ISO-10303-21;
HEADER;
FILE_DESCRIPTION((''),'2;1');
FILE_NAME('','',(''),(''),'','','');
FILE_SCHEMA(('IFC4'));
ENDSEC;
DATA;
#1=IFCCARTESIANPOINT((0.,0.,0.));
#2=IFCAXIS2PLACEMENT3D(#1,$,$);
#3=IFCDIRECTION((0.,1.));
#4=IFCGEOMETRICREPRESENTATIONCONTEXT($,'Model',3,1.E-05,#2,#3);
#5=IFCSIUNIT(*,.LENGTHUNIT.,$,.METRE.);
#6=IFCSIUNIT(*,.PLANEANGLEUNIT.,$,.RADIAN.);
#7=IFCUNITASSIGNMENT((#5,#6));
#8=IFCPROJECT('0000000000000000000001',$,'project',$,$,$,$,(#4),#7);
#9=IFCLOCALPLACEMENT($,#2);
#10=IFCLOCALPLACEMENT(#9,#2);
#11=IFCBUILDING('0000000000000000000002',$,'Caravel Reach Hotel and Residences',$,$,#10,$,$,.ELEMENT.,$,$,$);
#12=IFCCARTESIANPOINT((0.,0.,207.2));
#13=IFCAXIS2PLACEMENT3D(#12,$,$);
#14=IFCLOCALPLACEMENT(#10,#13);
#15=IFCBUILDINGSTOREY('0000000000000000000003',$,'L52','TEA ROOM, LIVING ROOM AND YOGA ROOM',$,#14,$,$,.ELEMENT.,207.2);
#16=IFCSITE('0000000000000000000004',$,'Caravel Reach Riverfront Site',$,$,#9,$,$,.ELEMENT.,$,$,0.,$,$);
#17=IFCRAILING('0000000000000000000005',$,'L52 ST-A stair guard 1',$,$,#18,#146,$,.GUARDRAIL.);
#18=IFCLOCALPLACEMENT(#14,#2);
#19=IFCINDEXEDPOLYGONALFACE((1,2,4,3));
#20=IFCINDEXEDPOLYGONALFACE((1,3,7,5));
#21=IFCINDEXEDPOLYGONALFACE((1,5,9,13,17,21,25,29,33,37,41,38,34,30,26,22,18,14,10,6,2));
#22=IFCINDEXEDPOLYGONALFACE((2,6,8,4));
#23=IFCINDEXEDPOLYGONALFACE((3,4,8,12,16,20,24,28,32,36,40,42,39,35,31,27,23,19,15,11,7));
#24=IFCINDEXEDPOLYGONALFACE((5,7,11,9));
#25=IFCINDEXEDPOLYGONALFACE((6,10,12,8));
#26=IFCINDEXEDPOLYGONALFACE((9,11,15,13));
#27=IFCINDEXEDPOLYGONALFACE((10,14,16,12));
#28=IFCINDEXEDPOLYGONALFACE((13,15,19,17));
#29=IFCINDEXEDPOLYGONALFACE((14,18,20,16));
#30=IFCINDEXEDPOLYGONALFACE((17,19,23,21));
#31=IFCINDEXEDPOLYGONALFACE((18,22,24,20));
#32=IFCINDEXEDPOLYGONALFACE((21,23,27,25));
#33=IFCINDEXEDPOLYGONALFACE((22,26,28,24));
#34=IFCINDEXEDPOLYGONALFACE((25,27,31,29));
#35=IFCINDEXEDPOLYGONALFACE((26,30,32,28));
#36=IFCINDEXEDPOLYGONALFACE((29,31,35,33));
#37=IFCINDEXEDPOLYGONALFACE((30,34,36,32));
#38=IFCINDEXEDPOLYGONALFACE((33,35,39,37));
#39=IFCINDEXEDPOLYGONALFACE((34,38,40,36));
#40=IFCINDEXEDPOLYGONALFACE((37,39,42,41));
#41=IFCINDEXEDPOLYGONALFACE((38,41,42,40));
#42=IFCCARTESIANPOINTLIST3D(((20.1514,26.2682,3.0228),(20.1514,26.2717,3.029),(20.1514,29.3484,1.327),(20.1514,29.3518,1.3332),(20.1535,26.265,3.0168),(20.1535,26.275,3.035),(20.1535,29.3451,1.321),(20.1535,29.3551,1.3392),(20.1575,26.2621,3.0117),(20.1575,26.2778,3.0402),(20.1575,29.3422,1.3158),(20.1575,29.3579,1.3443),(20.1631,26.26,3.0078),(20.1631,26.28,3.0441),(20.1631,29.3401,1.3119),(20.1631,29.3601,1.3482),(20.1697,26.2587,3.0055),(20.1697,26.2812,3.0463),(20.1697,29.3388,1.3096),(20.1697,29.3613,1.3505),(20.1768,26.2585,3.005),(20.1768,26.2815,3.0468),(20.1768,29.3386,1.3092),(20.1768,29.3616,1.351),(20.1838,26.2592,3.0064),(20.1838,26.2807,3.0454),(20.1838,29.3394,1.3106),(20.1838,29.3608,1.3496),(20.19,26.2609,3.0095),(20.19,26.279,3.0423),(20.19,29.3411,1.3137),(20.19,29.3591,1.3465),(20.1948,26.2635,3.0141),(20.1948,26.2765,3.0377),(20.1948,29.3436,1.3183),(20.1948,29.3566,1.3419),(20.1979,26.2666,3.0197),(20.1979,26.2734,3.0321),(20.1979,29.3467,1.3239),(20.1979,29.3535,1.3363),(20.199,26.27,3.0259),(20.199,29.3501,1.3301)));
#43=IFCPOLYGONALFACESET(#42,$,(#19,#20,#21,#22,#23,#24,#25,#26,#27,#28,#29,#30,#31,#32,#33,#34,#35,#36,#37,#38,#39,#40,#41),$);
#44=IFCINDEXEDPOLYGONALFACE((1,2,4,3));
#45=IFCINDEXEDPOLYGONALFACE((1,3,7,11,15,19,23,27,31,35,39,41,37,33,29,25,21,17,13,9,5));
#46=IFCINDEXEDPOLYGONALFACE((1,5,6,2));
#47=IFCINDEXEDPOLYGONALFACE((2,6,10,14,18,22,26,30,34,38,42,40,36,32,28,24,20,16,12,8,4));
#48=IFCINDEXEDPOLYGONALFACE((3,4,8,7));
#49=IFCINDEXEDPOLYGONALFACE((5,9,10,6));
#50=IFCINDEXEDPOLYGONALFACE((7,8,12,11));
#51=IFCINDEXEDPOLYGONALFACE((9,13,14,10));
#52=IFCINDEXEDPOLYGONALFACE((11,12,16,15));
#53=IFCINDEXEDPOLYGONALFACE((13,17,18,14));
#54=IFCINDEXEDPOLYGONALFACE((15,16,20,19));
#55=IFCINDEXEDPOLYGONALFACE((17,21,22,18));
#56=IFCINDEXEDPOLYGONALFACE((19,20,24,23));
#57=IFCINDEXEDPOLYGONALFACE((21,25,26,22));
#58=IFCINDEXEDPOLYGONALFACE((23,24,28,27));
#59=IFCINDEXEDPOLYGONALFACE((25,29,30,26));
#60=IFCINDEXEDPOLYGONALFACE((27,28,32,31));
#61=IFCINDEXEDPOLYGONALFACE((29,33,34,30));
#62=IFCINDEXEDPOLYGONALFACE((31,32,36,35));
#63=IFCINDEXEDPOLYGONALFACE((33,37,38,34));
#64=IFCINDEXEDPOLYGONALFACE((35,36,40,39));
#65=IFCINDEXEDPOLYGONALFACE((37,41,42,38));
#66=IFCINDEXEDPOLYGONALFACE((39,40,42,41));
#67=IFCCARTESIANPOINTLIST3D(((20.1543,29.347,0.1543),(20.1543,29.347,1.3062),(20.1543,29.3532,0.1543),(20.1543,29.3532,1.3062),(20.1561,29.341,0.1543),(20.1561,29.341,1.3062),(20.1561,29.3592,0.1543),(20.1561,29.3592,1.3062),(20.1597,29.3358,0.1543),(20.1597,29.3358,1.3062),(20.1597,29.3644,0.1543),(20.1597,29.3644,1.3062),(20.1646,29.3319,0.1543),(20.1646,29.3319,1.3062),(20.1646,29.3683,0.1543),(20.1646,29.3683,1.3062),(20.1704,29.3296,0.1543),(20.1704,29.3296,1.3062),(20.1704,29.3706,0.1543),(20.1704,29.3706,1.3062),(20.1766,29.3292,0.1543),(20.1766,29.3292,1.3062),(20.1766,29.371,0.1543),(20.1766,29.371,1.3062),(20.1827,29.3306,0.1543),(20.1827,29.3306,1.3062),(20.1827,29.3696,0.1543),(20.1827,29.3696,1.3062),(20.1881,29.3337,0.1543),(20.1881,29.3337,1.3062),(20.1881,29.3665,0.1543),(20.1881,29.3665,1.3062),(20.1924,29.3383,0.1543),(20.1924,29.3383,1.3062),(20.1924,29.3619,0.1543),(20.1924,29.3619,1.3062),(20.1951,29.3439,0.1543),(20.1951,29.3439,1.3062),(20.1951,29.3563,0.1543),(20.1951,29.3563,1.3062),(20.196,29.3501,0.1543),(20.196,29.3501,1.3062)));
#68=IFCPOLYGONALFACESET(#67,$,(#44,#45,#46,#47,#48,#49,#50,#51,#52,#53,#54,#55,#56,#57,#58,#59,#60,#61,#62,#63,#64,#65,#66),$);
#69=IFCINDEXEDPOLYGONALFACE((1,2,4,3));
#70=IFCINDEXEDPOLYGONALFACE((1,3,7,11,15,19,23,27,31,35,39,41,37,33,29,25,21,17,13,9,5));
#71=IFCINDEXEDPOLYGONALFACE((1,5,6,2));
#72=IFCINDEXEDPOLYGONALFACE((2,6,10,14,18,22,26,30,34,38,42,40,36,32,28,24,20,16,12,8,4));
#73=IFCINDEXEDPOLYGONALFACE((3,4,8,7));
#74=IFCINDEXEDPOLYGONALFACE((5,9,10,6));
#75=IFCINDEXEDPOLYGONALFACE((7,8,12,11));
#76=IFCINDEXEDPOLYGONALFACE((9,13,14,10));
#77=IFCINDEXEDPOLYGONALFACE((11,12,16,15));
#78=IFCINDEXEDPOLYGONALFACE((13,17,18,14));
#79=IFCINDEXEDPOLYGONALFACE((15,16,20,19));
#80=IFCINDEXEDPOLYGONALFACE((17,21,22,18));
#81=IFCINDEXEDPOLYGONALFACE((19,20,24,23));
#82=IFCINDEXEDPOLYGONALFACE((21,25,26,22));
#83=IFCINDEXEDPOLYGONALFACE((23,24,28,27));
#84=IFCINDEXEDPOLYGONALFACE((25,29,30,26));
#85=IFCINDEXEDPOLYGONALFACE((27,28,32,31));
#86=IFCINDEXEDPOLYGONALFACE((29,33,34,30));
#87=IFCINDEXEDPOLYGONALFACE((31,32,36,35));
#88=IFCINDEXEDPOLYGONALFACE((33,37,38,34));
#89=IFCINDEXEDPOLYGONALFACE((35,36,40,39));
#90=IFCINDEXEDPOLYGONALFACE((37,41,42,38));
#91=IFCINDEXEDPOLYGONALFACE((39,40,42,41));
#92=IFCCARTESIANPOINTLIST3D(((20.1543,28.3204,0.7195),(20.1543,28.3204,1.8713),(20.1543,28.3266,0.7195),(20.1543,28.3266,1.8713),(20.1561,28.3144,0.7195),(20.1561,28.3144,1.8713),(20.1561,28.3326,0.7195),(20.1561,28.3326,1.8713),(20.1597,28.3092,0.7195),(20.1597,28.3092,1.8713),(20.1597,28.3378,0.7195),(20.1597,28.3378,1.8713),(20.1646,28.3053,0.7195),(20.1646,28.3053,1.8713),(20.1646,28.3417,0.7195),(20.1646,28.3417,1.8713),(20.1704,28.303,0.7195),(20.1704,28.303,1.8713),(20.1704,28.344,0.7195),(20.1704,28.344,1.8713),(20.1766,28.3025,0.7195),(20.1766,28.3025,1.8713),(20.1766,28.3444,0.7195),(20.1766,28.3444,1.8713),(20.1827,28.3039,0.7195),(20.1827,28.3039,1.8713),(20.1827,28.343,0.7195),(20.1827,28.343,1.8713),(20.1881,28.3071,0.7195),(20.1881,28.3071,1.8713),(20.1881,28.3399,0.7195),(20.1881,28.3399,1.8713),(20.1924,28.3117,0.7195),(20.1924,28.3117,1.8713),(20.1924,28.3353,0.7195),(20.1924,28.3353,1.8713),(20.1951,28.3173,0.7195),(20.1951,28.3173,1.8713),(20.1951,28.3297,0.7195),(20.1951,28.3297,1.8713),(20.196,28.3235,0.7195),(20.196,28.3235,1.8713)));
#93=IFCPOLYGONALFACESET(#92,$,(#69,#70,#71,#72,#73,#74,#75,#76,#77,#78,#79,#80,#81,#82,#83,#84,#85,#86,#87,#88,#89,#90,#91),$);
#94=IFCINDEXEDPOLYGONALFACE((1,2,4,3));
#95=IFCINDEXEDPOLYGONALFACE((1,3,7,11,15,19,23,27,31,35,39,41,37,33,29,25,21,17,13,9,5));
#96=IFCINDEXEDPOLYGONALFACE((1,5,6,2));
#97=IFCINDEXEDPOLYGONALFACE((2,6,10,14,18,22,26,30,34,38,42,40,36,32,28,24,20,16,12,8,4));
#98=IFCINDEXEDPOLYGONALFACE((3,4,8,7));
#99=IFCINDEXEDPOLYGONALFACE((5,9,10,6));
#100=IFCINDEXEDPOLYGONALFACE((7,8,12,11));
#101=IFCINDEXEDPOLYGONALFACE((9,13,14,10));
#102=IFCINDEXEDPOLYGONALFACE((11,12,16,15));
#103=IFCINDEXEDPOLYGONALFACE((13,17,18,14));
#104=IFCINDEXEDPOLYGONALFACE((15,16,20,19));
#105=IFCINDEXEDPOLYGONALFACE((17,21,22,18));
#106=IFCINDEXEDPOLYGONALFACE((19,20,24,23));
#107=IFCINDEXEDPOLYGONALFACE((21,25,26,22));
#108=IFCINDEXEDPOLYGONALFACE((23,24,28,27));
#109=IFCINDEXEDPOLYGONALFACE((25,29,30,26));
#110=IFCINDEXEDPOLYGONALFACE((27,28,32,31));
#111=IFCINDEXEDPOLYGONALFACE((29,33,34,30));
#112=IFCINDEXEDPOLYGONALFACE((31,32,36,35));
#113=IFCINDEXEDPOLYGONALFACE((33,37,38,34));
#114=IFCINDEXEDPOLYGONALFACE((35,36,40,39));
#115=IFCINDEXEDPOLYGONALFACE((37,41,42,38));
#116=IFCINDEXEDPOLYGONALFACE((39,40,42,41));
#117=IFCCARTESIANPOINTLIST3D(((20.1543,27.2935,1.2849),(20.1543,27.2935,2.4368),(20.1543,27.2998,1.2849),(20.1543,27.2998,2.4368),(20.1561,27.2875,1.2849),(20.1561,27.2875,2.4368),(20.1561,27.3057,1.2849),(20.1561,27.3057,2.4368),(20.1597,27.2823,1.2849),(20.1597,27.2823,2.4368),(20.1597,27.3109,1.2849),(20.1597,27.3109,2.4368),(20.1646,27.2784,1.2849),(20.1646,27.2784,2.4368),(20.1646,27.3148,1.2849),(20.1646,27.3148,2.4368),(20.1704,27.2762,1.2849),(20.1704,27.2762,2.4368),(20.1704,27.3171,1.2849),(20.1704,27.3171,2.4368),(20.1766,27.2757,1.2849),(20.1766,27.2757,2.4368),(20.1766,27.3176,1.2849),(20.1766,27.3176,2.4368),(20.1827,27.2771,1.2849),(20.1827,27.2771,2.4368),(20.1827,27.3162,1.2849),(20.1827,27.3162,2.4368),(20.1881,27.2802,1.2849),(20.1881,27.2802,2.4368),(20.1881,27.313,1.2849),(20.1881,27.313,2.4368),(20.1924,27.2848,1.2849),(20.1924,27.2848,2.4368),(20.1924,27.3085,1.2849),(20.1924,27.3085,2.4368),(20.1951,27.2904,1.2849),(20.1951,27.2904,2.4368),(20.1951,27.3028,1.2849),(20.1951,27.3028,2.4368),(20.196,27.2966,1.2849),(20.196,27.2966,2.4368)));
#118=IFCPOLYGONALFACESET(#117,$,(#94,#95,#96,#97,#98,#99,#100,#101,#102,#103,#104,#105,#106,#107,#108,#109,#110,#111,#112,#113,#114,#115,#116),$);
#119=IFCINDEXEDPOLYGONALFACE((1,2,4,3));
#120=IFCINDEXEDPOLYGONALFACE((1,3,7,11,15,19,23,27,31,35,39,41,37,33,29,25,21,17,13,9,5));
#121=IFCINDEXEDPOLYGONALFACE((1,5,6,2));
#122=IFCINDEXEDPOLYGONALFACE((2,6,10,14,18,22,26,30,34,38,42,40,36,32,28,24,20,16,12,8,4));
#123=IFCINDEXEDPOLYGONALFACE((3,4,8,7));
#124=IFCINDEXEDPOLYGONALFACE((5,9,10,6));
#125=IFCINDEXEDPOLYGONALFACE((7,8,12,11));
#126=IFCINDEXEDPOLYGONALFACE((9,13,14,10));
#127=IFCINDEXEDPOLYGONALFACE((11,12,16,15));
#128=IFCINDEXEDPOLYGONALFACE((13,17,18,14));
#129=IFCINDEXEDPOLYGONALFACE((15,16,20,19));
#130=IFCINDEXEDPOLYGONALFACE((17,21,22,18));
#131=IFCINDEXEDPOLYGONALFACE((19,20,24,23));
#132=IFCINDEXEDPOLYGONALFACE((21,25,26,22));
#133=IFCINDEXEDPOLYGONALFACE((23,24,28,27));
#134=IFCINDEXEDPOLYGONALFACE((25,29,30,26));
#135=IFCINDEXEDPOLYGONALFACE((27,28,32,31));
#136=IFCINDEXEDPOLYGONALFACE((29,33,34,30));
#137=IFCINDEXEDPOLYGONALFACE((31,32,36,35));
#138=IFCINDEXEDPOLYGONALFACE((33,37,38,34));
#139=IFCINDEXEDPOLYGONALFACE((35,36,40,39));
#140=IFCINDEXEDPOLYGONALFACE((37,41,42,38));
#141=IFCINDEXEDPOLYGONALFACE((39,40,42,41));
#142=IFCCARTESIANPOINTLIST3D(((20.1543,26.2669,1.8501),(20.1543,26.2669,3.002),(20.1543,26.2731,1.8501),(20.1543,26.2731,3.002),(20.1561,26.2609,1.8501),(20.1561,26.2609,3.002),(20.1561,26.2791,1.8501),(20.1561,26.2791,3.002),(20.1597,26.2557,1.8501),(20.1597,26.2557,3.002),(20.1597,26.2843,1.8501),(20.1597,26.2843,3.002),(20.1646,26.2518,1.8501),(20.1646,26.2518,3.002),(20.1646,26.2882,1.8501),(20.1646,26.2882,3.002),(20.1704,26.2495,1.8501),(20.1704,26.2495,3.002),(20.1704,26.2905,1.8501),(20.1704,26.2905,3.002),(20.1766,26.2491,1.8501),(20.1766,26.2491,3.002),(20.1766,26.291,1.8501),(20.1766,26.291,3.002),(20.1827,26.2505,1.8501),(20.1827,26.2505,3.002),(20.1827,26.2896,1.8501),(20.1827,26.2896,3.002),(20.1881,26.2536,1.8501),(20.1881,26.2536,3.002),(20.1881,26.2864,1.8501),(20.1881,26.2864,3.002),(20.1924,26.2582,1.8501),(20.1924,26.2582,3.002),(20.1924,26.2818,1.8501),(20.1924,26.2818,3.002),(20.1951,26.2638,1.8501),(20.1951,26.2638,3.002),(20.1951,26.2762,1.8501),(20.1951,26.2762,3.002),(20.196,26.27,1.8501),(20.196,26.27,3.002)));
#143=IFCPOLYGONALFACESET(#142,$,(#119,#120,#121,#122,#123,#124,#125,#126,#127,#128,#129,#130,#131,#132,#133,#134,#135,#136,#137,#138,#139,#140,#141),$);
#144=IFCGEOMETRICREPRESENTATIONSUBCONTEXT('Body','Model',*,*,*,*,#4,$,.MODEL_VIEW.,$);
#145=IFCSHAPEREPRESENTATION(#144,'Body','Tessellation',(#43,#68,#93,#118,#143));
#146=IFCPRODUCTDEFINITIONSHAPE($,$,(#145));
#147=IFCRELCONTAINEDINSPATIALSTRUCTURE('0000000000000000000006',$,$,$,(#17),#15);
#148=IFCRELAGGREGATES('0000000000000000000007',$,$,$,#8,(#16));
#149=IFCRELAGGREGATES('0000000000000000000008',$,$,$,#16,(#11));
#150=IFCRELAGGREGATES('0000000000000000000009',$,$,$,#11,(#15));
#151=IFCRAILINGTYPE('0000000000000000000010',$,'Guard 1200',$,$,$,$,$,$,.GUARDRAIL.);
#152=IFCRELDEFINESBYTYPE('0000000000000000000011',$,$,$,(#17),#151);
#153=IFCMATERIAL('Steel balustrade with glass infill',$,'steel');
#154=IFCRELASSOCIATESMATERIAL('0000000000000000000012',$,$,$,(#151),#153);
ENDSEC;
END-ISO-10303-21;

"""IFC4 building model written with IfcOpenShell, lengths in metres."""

from ifc_helpers import new_model, si_unit, direction, frame, origin, origin_2d, place, context, subcontext, project, spatial, circle, extrude, material, type_object, element, save


model = new_model("IFC4")

# Units and contexts
model_context = context("Model", 3, precision=1e-05, world=origin(), true_north=direction((0.0, 1.0)))
body_context = subcontext(model_context, "Body", "Model", "MODEL_VIEW")
ifc_project = project(units=[si_unit("LENGTHUNIT", "METRE"), si_unit("PLANEANGLEUNIT", "RADIAN")], contexts=[model_context])

# Site, building, storey
site_placement = place(None, origin())
site = spatial("IfcSite", under=ifc_project, at=site_placement, Name="Caravel Reach Riverfront Site", CompositionType="ELEMENT", RefElevation=0.0)
building_placement = place(site_placement, origin())
building = spatial("IfcBuilding", under=site, at=building_placement, Name="Caravel Reach Hotel and Residences", CompositionType="ELEMENT")
storey_placement = place(building_placement, frame((0.0, 0.0, 207.2)))
storey = spatial("IfcBuildingStorey", under=building, at=storey_placement, Name="L52", Description="TEA ROOM, LIVING ROOM AND YOGA ROOM", CompositionType="ELEMENT", Elevation=207.2)

# Railing
ifc_material_1 = material(Name="Steel balustrade with glass infill", Category="steel")
railing_type_1 = type_object("IfcRailingType", Name="Guard 1200", PredefinedType="GUARDRAIL", material=ifc_material_1)
railing_1_placement = place(storey_placement, frame((20.175, 29.3501, 0.1543)))
element("IfcRailing", 1, at=railing_1_placement, inside=storey, type_object=railing_type_1, Name="L52 ST-A stair guard 1", PredefinedType="GUARDRAIL", context=body_context, shape_type="SweptSolid", body=[
    extrude(circle(Radius=0.0239, at=origin_2d()), frame((0.0, 0.0, 1.1758), z_axis=(0.0, -0.876005, 0.482303), x_axis=(1.0, 0.0, 0.0)), (0.0, 0.0, 1.0), 3.5161),
    extrude(circle(Radius=0.021, at=origin_2d()), origin(), (0.0, 0.0, 1.0), 1.1519),
    extrude(circle(Radius=0.021, at=origin_2d()), frame((0.0, -1.0266, 0.5652)), (0.0, 0.0, 1.0), 1.1519),
    extrude(circle(Radius=0.021, at=origin_2d()), frame((0.0, -2.0535, 1.1306)), (0.0, 0.0, 1.0), 1.1519),
    extrude(circle(Radius=0.021, at=origin_2d()), frame((0.0, -3.0801, 1.6958)), (0.0, 0.0, 1.0), 1.1519),
])

save(model, "model.ifc")
